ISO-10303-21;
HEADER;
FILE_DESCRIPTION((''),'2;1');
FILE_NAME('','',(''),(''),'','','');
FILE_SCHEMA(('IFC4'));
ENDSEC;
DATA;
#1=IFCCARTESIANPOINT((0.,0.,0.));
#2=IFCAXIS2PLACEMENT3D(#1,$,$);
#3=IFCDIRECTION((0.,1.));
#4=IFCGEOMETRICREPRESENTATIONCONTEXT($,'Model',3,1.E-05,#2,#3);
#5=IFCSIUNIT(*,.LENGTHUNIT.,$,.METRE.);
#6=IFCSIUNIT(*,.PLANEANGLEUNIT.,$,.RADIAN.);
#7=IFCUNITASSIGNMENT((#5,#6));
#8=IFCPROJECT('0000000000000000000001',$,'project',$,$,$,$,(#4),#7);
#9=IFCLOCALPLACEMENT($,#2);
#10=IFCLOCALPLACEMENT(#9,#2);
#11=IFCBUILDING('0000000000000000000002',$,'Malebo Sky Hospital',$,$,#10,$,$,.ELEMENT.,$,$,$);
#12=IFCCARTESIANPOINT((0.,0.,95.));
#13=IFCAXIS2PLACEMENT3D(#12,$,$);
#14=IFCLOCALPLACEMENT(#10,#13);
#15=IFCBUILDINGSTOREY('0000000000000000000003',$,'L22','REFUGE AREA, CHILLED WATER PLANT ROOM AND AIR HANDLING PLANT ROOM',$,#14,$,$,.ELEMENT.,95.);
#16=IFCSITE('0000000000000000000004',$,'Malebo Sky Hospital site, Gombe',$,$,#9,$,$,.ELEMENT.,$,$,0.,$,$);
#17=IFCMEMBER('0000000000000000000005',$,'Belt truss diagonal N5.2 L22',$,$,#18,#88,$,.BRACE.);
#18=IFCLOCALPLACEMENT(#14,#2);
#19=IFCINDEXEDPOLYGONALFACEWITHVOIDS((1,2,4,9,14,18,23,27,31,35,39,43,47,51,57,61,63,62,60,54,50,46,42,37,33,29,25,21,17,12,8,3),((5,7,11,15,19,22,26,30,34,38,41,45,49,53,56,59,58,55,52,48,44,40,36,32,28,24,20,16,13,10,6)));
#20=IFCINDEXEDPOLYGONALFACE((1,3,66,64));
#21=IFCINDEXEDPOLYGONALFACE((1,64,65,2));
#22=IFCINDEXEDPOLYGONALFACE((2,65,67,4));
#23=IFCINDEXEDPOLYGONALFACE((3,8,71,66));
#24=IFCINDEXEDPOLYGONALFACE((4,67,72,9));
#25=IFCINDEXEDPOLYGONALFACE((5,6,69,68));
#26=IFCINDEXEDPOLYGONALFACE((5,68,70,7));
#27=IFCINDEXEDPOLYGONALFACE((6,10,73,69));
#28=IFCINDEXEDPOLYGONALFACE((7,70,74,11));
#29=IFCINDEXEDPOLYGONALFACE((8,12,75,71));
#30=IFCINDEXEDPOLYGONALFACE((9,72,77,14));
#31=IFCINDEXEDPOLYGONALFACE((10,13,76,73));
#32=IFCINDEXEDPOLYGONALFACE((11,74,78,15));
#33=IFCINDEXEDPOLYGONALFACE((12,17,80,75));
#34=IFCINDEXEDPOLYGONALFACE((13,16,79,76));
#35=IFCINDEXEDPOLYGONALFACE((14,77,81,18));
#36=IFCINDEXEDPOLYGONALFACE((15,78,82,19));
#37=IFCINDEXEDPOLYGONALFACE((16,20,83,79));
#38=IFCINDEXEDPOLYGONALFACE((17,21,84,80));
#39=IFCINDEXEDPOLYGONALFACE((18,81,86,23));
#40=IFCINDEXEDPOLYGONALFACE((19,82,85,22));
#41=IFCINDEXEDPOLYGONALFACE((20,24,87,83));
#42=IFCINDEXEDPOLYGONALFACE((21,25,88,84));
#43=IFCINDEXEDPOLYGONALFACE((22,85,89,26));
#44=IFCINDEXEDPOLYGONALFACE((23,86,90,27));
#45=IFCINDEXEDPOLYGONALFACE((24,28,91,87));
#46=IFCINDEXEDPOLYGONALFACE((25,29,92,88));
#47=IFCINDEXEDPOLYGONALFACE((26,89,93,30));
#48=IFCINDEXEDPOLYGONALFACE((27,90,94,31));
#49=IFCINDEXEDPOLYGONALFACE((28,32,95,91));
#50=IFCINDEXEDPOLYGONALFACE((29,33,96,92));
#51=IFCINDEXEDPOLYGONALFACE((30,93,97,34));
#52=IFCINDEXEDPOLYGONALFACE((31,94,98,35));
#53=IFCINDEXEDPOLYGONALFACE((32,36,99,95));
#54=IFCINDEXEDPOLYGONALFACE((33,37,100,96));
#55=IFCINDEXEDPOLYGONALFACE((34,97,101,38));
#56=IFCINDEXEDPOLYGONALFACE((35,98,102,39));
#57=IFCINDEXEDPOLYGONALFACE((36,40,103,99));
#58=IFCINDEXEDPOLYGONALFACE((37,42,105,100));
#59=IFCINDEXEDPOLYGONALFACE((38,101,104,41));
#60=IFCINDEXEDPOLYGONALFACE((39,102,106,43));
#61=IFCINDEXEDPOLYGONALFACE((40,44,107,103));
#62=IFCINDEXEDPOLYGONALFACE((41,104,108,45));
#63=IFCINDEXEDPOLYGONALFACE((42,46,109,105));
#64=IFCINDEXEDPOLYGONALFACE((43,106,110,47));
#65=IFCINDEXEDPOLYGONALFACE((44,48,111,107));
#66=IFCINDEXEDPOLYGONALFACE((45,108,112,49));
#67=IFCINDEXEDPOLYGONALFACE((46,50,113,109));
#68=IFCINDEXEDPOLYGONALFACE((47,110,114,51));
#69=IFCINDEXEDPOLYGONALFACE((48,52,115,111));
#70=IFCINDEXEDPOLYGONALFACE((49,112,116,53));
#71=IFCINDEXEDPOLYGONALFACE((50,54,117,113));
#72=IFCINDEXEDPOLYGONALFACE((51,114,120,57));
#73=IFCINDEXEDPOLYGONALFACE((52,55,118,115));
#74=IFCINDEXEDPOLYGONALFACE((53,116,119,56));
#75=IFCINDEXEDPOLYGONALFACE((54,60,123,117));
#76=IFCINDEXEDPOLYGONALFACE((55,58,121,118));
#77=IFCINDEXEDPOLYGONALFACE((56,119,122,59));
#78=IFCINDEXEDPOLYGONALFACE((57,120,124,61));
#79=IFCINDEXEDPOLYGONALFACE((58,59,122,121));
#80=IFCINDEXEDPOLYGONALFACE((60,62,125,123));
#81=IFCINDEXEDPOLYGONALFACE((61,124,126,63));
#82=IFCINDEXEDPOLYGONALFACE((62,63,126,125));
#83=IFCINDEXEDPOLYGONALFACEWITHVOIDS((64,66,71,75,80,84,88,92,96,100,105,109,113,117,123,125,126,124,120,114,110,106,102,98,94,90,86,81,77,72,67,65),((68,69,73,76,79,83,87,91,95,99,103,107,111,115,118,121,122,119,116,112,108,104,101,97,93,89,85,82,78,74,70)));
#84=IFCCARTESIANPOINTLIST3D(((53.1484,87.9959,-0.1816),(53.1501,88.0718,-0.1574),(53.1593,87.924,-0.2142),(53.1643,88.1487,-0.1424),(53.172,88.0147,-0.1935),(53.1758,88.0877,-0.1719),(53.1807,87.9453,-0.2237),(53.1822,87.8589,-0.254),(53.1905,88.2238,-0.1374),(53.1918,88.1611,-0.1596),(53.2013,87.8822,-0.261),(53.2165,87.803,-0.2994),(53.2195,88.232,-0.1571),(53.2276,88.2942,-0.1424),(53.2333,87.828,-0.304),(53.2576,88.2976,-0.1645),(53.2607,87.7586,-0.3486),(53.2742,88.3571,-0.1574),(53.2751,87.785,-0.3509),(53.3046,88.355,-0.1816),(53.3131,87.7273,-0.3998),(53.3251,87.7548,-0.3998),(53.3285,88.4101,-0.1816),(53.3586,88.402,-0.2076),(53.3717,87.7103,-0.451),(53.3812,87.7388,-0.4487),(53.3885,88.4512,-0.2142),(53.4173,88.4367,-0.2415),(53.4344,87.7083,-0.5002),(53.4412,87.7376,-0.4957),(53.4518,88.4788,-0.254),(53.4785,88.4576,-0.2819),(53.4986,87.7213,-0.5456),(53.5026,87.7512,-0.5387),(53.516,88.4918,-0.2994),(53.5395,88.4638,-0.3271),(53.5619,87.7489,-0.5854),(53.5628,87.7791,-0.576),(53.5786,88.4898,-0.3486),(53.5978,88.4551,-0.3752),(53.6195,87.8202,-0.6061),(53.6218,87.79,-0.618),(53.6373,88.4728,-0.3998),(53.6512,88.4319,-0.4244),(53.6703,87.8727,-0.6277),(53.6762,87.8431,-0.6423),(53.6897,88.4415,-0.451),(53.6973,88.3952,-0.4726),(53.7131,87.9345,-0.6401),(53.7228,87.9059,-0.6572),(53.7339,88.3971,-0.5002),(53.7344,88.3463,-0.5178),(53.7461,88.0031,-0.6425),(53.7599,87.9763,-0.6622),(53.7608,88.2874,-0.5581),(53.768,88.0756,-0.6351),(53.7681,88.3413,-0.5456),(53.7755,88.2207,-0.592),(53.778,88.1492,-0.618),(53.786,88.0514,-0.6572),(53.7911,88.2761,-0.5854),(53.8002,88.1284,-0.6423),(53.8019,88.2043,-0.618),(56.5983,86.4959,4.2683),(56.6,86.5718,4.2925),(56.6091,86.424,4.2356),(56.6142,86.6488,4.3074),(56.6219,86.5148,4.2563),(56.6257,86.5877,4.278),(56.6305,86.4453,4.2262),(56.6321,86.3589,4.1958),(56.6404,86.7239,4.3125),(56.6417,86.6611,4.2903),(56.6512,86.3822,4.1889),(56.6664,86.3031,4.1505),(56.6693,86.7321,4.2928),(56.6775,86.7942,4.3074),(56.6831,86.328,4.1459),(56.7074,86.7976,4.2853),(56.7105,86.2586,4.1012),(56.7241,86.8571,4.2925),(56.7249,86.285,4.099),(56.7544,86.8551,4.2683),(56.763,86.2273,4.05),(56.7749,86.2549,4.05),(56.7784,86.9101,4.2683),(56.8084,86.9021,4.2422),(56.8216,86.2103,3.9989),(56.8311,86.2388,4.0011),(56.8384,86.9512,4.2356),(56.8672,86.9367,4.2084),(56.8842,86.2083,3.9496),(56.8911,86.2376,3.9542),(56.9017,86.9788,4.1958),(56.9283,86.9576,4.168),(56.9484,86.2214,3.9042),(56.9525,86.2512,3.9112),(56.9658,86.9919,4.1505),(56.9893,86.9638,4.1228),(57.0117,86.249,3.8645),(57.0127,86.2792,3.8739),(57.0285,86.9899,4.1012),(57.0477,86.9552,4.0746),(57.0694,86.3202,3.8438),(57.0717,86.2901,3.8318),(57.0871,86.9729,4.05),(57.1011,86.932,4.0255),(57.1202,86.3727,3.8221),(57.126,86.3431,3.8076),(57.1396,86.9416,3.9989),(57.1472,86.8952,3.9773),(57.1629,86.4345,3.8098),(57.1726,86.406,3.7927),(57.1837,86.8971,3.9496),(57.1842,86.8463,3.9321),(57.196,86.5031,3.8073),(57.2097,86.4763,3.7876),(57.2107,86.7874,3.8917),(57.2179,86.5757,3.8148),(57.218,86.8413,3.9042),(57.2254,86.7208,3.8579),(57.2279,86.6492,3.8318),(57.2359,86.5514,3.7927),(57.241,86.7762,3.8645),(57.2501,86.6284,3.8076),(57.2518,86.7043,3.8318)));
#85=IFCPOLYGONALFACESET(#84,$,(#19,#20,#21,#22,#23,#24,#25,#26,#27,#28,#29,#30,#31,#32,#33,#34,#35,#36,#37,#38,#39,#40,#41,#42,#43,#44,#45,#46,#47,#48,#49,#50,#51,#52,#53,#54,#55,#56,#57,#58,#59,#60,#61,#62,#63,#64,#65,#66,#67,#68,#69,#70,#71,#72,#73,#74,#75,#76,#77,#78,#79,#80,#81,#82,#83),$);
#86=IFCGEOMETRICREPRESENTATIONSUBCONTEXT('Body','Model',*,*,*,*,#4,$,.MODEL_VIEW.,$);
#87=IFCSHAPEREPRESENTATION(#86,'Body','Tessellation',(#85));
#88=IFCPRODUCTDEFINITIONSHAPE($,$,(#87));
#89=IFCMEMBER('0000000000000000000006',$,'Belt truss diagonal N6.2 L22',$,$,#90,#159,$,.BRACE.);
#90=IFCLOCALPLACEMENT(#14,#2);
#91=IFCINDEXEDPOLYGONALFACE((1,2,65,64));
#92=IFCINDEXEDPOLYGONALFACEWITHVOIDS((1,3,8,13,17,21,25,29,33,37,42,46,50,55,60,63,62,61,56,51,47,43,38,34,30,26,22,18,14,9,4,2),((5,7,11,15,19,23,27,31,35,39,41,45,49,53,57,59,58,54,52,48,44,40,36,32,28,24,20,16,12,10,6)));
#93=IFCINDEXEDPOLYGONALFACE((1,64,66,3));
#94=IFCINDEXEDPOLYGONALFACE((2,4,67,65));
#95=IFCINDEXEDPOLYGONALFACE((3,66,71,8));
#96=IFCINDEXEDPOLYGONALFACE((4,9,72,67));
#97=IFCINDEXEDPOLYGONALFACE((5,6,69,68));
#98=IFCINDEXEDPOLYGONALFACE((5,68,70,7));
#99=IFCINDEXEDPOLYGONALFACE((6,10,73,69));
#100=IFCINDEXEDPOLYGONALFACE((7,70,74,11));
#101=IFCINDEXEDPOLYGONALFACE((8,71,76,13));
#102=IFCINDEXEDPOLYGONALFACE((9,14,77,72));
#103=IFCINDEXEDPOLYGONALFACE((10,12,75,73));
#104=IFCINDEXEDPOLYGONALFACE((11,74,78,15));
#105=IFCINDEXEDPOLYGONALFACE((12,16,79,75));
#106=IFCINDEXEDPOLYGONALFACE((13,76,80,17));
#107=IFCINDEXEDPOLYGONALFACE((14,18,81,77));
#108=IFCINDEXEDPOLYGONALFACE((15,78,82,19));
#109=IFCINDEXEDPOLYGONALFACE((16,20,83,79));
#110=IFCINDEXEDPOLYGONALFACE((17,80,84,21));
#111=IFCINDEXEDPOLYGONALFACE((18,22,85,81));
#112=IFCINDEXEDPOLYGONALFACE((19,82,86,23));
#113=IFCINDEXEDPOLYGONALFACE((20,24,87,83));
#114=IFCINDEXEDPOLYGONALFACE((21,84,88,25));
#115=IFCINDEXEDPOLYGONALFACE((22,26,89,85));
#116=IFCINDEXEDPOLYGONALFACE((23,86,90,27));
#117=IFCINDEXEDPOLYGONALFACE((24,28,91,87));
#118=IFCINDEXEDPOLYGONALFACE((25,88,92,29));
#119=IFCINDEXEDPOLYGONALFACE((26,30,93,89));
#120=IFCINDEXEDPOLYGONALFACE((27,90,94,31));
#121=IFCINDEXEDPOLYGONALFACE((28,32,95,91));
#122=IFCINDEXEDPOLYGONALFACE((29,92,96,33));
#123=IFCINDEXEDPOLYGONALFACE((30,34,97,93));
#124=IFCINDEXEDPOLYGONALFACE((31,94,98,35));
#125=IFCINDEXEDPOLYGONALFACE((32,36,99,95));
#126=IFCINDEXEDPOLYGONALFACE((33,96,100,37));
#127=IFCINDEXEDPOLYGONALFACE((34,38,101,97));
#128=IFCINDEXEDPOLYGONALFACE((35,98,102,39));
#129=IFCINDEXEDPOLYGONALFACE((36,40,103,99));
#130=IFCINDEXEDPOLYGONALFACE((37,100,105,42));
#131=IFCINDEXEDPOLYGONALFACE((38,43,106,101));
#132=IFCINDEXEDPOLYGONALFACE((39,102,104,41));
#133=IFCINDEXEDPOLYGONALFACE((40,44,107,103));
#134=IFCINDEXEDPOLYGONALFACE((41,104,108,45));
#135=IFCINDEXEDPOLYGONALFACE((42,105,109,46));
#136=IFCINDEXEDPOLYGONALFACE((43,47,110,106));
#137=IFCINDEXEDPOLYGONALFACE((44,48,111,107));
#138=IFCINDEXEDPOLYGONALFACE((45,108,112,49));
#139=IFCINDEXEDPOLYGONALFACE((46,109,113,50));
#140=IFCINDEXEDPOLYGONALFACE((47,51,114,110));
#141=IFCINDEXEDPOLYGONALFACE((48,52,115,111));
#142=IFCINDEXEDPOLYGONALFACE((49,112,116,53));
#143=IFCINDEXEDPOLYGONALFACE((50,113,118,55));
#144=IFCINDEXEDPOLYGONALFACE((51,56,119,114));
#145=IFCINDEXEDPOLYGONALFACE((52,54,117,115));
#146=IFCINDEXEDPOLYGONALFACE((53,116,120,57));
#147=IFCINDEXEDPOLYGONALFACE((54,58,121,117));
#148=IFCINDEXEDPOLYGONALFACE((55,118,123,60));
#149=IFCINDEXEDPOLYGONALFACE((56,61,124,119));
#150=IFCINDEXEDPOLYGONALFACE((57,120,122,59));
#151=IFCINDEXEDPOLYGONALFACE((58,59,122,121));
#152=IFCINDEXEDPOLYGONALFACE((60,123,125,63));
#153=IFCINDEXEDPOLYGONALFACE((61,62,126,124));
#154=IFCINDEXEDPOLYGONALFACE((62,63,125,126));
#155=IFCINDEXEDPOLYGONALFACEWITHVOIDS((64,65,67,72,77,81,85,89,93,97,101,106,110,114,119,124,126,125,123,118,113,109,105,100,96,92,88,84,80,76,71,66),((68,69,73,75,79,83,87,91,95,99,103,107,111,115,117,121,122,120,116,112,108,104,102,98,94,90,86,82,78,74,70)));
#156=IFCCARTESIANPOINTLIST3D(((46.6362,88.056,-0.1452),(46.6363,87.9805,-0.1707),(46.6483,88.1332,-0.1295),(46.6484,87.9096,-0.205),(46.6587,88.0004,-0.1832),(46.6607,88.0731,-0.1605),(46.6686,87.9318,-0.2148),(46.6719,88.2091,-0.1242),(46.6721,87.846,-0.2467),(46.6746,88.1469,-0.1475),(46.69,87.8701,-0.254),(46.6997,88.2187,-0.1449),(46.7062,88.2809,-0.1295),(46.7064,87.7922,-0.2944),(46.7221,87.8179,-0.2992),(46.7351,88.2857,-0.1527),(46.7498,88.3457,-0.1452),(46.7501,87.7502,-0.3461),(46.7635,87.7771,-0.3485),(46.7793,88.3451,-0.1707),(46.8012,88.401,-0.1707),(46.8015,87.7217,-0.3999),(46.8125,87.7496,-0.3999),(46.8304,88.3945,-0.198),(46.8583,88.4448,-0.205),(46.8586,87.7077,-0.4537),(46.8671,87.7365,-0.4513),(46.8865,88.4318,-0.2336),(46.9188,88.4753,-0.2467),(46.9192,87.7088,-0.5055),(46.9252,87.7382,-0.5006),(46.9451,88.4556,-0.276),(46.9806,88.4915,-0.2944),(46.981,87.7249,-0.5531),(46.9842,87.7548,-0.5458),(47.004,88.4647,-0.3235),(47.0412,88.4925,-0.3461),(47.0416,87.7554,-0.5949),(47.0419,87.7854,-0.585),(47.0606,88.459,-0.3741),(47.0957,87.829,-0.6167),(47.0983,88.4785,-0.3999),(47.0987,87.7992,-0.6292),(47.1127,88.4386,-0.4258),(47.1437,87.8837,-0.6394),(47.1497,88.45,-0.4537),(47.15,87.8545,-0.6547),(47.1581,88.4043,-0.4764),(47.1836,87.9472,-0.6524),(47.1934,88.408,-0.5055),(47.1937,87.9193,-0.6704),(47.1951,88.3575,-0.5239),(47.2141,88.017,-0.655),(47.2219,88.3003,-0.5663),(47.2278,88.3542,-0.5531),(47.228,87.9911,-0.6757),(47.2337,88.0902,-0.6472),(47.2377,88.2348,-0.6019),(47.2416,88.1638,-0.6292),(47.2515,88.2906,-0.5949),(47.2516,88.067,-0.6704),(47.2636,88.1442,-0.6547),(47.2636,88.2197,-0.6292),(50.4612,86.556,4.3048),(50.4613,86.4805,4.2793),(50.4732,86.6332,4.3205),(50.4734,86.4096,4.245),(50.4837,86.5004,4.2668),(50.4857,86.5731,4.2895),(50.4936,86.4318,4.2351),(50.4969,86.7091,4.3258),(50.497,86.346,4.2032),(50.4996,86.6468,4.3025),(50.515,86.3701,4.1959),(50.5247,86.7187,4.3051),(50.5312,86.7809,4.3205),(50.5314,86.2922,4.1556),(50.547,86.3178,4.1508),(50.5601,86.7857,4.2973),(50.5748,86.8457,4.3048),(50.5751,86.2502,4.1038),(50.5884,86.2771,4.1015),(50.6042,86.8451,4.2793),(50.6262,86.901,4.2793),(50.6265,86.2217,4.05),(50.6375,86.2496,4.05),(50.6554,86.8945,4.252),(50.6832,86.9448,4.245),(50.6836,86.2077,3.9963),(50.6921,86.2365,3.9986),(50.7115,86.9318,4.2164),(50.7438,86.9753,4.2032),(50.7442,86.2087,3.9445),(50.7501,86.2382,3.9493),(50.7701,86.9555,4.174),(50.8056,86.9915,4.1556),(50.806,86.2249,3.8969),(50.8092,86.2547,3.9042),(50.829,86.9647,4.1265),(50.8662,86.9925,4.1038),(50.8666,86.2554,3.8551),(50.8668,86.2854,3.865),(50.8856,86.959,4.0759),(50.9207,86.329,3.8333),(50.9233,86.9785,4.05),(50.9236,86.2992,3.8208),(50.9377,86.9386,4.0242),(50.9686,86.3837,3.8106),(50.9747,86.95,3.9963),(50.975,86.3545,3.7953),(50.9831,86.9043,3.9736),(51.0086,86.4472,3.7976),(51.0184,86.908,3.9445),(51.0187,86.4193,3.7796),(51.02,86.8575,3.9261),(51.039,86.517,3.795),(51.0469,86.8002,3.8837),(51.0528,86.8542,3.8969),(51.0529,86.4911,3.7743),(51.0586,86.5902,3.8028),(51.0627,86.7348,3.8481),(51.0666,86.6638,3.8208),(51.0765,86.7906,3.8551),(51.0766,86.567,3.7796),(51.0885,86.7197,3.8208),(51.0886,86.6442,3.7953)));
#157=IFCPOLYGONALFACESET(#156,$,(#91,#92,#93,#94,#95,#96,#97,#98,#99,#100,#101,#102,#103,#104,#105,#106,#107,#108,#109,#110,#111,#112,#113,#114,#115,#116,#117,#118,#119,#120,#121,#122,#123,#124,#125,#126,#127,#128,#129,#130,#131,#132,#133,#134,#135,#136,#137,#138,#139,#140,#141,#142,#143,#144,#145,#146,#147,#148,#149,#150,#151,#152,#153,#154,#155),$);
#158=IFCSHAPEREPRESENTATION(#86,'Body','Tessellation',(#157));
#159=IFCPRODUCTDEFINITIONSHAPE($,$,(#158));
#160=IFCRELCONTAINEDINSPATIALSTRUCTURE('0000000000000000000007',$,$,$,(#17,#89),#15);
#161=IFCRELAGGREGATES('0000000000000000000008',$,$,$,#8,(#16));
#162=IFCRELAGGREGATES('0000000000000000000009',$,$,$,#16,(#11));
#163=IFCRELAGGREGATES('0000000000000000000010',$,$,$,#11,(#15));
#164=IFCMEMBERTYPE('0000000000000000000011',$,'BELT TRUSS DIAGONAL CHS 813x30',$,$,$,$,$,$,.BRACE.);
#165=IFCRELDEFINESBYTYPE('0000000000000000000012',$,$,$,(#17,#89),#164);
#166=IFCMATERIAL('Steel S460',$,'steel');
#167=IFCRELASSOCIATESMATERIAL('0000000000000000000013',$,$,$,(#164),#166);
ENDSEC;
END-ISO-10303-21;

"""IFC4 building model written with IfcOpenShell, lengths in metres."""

from ifc_helpers import new_model, si_unit, direction, frame, origin, origin_2d, place, context, subcontext, project, spatial, hollow_circle, extrude, material, material_profile, profile_set, type_object, element, save


model = new_model("IFC4")

# Units and contexts
model_context = context("Model", 3, precision=1e-05, world=origin(), true_north=direction((0.0, 1.0)))
body_context = subcontext(model_context, "Body", "Model", "MODEL_VIEW")
ifc_project = project(units=[si_unit("LENGTHUNIT", "METRE"), si_unit("PLANEANGLEUNIT", "RADIAN")], contexts=[model_context])

# Site, building, storey
site_placement = place(None, origin())
site = spatial("IfcSite", under=ifc_project, at=site_placement, Name="Malebo Sky Hospital site, Gombe", CompositionType="ELEMENT", RefElevation=0.0)
building_placement = place(site_placement, origin())
building = spatial("IfcBuilding", under=site, at=building_placement, Name="Malebo Sky Hospital", CompositionType="ELEMENT")
storey_placement = place(building_placement, frame((0.0, 0.0, 95.0)))
storey = spatial("IfcBuildingStorey", under=building, at=storey_placement, Name="L22", Description="REFUGE AREA, CHILLED WATER PLANT ROOM AND AIR HANDLING PLANT ROOM", CompositionType="ELEMENT", Elevation=95.0)

# Members
ifc_material_1 = material(Name="Steel S460", Category="steel")
ifc_material_profile = material_profile(ifc_material_1, hollow_circle(Radius=0.4065, WallThickness=0.03, at=origin_2d()), Name="CHS 813x30")
ifc_profile_set = profile_set([ifc_material_profile], Name="Steel S460")
member_type = type_object("IfcMemberType", Name="BELT TRUSS DIAGONAL CHS 813x30", PredefinedType="BRACE", material=ifc_profile_set)
member_1_placement = place(storey_placement, frame((56.925, 86.6001, 4.05), z_axis=(-0.59206, 0.257421, -0.763675), x_axis=(-0.398731, -0.917068, 0.0)))
element("IfcMember", 1, at=member_1_placement, inside=storey, type_object=member_type, Name="Belt truss diagonal N5.2 L22", PredefinedType="BRACE", context=body_context, shape_type="SweptSolid", body=[
    extrude(hollow_circle(Radius=0.4065, WallThickness=0.03, at=origin_2d()), origin(), (0.0, 0.0, 1.0), 5.8269),
])
member_2_placement = place(storey_placement, frame((50.7749, 86.6001, 4.05), z_axis=(-0.631535, 0.247664, -0.734728), x_axis=(-0.365092, -0.930972, 0.0)))
element("IfcMember", 2, at=member_2_placement, inside=storey, type_object=member_type, Name="Belt truss diagonal N6.2 L22", PredefinedType="BRACE", context=body_context, shape_type="SweptSolid", body=[
    extrude(hollow_circle(Radius=0.4065, WallThickness=0.03, at=origin_2d()), origin(), (0.0, 0.0, 1.0), 6.0566),
])

save(model, "model.ifc")
